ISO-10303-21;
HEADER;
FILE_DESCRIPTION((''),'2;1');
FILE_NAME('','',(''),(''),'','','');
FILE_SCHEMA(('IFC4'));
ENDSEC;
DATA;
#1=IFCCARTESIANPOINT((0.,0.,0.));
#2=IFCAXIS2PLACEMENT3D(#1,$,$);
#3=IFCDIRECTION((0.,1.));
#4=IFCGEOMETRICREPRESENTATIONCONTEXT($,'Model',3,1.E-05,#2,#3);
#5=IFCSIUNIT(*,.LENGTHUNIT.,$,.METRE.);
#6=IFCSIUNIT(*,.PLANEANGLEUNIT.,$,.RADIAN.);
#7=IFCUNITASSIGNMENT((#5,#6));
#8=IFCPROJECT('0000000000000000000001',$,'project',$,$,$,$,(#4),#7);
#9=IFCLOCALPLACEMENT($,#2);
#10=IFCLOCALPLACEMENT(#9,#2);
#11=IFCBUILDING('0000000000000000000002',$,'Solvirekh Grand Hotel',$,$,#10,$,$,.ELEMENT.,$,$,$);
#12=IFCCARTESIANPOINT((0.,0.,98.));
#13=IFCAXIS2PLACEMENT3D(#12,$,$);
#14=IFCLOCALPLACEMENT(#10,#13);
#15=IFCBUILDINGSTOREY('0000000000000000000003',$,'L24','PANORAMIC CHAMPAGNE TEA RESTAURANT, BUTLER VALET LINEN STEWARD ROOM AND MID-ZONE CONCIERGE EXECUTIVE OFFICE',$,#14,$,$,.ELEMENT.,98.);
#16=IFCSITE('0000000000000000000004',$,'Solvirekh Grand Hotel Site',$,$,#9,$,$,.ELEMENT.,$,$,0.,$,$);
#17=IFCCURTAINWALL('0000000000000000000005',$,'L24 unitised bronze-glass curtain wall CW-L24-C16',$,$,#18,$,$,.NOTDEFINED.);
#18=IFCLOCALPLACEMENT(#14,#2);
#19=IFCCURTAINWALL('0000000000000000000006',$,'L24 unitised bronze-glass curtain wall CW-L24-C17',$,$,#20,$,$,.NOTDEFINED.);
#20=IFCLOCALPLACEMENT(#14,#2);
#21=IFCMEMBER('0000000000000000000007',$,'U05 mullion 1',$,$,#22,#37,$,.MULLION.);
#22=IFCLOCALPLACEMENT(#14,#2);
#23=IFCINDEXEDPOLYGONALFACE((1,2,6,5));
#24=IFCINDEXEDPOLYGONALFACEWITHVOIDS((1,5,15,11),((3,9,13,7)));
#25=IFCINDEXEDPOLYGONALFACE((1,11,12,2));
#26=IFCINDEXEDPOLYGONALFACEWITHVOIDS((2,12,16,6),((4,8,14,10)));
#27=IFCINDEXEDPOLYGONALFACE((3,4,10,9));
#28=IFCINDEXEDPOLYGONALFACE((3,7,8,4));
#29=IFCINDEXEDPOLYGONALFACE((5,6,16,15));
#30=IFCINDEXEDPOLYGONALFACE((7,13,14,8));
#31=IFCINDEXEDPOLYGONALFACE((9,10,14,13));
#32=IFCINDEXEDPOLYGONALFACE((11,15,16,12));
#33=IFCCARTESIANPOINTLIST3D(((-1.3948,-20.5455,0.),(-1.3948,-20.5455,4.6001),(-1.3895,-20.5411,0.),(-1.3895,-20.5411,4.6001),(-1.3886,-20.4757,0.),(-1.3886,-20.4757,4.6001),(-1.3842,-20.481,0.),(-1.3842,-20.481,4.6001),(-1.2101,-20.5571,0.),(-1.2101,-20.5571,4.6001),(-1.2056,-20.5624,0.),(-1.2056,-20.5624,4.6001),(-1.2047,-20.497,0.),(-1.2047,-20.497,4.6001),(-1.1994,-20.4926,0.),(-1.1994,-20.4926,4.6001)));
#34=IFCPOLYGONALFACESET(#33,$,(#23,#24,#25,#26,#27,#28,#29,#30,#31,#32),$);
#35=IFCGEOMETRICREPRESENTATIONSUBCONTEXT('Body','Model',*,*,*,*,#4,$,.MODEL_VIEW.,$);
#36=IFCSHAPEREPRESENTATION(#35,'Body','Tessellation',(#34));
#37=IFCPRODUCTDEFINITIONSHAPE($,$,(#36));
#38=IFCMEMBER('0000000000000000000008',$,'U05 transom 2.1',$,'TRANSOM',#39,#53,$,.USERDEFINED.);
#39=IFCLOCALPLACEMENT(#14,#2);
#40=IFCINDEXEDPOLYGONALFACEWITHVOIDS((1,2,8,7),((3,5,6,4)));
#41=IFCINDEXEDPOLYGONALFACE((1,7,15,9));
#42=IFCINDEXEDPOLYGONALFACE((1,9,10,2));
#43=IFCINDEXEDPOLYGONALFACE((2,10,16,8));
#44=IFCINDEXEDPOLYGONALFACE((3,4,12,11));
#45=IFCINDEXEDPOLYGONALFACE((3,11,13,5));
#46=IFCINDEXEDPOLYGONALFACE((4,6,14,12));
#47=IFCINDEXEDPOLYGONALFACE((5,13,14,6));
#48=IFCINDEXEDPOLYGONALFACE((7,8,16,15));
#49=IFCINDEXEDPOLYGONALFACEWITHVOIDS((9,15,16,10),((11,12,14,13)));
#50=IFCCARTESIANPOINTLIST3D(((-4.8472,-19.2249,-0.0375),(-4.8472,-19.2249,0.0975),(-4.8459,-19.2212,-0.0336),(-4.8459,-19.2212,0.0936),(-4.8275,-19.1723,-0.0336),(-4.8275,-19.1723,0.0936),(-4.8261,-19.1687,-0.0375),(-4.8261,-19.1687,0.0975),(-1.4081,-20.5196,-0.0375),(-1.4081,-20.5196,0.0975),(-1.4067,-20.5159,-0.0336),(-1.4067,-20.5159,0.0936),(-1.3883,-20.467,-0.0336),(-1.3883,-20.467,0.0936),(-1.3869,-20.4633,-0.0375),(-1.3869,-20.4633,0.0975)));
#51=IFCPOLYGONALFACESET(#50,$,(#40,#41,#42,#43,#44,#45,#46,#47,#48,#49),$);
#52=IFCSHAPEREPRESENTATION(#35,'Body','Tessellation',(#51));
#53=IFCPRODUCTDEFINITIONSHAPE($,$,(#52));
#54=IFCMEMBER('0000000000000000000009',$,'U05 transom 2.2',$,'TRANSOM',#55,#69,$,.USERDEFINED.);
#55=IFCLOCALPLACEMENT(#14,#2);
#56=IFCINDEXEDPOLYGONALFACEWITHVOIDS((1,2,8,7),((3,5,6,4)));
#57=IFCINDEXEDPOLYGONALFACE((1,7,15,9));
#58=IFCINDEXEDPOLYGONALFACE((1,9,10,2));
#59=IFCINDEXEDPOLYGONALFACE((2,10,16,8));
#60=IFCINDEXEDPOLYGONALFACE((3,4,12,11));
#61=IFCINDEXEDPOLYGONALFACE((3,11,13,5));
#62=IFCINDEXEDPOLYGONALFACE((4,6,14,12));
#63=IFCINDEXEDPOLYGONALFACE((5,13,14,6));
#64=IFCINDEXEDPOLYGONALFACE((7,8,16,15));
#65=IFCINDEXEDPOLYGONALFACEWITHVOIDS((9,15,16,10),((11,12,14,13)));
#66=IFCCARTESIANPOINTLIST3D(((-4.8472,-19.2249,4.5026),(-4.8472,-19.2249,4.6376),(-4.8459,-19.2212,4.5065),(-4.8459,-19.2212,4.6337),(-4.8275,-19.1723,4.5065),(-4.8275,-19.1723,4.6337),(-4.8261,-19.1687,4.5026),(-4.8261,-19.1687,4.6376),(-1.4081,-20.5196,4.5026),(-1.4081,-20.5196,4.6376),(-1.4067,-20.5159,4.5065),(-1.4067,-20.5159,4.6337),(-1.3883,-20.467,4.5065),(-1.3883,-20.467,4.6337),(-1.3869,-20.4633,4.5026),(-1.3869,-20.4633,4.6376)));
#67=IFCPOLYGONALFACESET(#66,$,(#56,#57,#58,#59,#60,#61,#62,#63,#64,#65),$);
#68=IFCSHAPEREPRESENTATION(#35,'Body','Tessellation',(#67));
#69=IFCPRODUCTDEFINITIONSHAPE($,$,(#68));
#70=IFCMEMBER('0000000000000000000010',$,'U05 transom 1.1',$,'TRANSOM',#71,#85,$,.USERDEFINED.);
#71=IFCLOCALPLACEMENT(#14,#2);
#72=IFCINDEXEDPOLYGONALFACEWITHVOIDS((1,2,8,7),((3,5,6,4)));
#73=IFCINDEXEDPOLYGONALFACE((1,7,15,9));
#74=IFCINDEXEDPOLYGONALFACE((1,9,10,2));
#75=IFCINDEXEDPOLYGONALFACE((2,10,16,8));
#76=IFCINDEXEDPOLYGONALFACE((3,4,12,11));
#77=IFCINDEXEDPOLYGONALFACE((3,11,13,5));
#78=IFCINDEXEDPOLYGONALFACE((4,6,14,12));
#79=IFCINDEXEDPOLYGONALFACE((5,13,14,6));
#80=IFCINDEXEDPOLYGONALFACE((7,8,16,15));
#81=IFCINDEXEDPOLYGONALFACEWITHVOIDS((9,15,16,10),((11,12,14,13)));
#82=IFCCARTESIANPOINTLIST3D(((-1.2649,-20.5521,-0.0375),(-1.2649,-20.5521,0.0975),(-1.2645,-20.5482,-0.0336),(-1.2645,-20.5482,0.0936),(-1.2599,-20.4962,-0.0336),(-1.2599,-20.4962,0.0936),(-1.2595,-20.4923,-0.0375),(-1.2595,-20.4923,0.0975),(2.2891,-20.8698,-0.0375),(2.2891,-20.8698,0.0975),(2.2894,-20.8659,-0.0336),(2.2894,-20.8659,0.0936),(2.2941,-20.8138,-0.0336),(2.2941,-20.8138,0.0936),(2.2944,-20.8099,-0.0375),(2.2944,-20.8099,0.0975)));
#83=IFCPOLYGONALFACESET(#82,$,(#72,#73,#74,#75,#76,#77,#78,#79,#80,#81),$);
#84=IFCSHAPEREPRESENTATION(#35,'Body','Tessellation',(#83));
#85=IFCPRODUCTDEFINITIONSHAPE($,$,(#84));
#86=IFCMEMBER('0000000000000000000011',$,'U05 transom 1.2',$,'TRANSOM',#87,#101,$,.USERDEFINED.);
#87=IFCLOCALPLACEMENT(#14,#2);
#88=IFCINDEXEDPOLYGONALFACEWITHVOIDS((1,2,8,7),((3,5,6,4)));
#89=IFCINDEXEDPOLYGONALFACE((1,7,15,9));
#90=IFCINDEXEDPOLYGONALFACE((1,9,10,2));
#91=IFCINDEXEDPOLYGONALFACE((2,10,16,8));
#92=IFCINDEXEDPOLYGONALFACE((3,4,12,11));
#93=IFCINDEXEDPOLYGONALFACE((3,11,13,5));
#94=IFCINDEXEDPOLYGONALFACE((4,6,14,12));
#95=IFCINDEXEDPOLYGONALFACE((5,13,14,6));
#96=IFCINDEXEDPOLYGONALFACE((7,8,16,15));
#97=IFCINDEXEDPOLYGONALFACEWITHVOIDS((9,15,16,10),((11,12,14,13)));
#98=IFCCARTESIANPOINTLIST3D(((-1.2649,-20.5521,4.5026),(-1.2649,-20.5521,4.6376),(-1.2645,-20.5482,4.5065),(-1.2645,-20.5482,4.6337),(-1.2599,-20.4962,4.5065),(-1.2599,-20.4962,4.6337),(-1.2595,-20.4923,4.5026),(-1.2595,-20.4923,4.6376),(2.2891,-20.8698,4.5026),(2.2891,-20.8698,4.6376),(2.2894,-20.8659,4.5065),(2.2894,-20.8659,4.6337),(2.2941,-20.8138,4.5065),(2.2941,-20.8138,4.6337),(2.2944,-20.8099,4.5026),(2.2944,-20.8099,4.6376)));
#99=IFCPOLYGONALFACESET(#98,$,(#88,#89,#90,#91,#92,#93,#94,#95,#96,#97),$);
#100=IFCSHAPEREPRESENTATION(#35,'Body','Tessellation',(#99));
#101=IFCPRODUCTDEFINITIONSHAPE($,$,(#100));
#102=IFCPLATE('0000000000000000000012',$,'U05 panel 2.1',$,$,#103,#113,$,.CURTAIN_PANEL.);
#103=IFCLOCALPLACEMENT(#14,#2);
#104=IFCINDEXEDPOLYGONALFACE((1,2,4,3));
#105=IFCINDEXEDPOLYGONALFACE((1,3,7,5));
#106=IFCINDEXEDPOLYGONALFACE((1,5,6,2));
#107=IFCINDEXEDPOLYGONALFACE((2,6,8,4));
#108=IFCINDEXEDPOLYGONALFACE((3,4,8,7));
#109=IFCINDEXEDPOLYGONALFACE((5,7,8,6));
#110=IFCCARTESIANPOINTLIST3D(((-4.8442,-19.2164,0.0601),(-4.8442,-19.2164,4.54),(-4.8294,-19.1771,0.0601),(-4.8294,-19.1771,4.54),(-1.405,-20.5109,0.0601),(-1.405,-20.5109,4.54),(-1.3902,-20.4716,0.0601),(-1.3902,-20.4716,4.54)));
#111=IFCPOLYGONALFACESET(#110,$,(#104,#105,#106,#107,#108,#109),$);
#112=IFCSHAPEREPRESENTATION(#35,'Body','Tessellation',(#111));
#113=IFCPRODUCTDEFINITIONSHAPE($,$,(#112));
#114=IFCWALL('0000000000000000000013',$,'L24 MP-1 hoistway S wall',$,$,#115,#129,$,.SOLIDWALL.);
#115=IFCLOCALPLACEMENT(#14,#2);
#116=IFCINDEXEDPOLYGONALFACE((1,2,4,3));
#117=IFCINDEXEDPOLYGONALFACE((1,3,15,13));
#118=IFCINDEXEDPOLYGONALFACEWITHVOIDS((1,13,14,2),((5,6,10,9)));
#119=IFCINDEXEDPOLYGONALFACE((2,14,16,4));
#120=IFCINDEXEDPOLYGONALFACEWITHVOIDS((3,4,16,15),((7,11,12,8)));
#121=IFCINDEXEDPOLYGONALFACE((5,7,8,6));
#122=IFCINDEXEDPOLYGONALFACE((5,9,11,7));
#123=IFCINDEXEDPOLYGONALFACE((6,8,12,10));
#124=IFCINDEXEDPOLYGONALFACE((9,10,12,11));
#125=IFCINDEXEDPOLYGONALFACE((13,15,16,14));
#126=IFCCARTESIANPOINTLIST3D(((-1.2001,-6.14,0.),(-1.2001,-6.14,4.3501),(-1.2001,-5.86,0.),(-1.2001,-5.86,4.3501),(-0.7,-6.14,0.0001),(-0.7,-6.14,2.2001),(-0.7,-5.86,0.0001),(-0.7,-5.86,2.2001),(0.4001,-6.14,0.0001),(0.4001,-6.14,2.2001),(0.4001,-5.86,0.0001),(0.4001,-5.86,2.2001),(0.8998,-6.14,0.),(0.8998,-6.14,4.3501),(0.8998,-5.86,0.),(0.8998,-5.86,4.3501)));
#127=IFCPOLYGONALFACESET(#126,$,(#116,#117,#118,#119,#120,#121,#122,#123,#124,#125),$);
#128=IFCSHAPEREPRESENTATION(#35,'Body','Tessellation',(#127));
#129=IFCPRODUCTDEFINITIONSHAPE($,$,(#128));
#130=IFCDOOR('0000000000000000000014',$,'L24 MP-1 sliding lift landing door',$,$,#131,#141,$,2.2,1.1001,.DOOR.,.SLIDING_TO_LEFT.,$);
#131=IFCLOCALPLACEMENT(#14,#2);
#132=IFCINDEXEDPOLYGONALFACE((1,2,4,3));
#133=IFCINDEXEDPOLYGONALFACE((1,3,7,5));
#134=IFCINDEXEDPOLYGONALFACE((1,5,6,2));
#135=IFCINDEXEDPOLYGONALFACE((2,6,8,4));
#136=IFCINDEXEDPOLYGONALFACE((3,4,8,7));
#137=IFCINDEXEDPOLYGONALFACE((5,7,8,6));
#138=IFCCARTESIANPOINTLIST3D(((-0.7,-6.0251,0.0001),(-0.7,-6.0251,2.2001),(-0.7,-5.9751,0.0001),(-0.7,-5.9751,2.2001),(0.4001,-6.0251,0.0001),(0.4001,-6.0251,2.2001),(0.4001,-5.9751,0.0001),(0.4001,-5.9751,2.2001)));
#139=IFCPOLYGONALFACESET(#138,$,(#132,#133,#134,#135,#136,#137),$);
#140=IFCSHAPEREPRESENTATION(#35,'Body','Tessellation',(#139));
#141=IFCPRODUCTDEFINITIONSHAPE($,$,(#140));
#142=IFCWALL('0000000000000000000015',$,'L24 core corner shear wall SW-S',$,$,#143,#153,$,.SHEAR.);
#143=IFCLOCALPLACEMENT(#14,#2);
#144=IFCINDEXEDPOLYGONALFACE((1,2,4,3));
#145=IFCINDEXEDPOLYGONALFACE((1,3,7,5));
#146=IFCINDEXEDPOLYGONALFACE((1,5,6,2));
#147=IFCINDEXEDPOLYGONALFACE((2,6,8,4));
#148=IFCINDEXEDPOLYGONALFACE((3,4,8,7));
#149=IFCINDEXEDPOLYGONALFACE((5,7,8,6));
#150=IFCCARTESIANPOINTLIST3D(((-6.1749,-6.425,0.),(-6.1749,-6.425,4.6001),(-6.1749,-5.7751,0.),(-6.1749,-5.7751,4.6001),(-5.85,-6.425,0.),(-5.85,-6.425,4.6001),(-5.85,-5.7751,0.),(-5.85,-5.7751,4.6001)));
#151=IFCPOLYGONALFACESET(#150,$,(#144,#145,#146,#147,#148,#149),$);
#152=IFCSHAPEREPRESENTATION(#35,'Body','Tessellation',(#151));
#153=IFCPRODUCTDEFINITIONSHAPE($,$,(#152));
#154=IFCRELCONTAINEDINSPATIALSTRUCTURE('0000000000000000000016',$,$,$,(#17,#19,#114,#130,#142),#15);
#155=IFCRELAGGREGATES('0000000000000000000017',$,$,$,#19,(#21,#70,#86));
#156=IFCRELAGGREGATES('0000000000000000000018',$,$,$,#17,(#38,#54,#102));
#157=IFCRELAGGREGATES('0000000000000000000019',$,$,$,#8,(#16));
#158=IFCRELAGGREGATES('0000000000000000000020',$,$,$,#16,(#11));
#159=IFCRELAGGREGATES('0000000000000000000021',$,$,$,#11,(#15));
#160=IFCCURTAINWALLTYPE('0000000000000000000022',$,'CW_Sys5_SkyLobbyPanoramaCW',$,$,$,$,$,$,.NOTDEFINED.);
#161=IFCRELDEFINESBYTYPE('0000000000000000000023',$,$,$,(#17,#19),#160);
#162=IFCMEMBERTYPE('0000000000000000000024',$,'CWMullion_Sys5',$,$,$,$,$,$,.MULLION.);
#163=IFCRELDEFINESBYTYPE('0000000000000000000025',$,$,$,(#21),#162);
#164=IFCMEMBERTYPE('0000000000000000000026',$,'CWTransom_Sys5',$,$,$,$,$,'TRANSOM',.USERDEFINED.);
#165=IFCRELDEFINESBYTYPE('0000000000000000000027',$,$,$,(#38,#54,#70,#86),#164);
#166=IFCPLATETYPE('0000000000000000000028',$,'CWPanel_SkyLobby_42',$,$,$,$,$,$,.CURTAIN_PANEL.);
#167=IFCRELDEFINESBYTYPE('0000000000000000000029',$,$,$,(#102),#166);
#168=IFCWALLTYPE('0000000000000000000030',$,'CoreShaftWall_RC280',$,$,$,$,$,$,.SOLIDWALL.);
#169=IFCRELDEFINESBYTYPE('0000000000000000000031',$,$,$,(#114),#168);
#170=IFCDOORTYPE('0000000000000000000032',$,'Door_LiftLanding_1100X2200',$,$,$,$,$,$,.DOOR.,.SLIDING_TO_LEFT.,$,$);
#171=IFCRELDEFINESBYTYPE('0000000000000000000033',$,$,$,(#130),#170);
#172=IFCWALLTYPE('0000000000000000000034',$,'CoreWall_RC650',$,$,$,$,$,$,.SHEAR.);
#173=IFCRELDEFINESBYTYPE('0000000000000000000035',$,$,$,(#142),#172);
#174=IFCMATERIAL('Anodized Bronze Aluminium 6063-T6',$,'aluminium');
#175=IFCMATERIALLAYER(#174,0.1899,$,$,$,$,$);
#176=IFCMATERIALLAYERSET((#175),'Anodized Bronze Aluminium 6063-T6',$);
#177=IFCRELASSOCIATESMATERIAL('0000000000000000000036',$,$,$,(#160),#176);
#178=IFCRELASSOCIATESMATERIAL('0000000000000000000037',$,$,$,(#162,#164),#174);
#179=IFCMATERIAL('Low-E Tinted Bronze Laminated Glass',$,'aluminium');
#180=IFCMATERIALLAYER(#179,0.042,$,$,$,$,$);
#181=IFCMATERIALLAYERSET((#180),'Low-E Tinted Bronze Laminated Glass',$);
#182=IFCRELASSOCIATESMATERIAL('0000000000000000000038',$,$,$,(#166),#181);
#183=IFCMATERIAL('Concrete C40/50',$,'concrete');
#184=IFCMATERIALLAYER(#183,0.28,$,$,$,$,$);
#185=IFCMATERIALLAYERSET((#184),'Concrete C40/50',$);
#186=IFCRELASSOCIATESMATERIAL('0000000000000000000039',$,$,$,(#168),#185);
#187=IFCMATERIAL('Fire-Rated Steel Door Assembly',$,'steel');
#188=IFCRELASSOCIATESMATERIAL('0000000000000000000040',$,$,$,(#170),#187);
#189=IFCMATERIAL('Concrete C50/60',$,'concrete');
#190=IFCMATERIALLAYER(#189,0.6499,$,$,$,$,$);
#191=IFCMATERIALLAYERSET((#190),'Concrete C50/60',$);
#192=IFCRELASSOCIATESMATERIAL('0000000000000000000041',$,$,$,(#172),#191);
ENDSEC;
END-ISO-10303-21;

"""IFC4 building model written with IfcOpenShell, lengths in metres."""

from ifc_helpers import new_model, si_unit, direction, frame, frame_2d, origin, origin_2d, place, context, subcontext, project, spatial, rectangle, hollow_rectangle, extrude, source, transform, mapped, material, layer, layer_set, material_profile, profile_set, type_object, element, fill, aggregate, save


model = new_model("IFC4")

# Units and contexts
model_context = context("Model", 3, precision=1e-05, world=origin(), true_north=direction((0.0, 1.0)))
body_context = subcontext(model_context, "Body", "Model", "MODEL_VIEW")
ifc_project = project(units=[si_unit("LENGTHUNIT", "METRE"), si_unit("PLANEANGLEUNIT", "RADIAN")], contexts=[model_context])

# Site, building, storey
site_placement = place(None, origin())
site = spatial("IfcSite", under=ifc_project, at=site_placement, Name="Solvirekh Grand Hotel Site", CompositionType="ELEMENT", RefElevation=0.0)
building_placement = place(site_placement, origin())
building = spatial("IfcBuilding", under=site, at=building_placement, Name="Solvirekh Grand Hotel", CompositionType="ELEMENT")
storey_placement = place(building_placement, frame((0.0, 0.0, 98.0)))
storey = spatial("IfcBuildingStorey", under=building, at=storey_placement, Name="L24", Description="PANORAMIC CHAMPAGNE TEA RESTAURANT, BUTLER VALET LINEN STEWARD ROOM AND MID-ZONE CONCIERGE EXECUTIVE OFFICE", CompositionType="ELEMENT", Elevation=98.0)

# Shared definitions
ifc_material_1 = material(Name="Concrete C50/60", Category="concrete")

# Curtain wall
ifc_material_2 = material(Name="Anodized Bronze Aluminium 6063-T6", Category="aluminium")
ifc_layer_1 = layer(ifc_material_2, 0.1899)
ifc_layer_set_1 = layer_set([ifc_layer_1], Name="Anodized Bronze Aluminium 6063-T6")
curtain_wall_type = type_object("IfcCurtainWallType", Name="CW_Sys5_SkyLobbyPanoramaCW", PredefinedType="NOTDEFINED", material=ifc_layer_set_1)
curtain_wall_1_placement = place(storey_placement, origin())
curtain_wall_1 = element("IfcCurtainWall", 1, at=curtain_wall_1_placement, inside=storey, type_object=curtain_wall_type, Name="L24 unitised bronze-glass curtain wall CW-L24-C16", PredefinedType="NOTDEFINED")
ifc_material_profile_1 = material_profile(ifc_material_2, hollow_rectangle(XDim=0.0701, YDim=0.1899, WallThickness=0.0049, at=origin_2d()), Name="ALU RHS 190X70X5")
ifc_profile_set_1 = profile_set([ifc_material_profile_1], Name="Anodized Bronze Aluminium 6063-T6")
member_type_1 = type_object("IfcMemberType", Name="CWMullion_Sys5", PredefinedType="MULLION", material=ifc_profile_set_1)
shared_shape_1 = source(origin(), body_context, "Body", "SweptSolid", [
    extrude(hollow_rectangle(XDim=0.0701, YDim=0.1899, WallThickness=0.0049, at=origin_2d()), origin(), (0.0, 0.0, 1.0), 4.6001),
])

# Curtain wall, member
curtain_wall_2_placement = place(storey_placement, origin())
curtain_wall_2 = element("IfcCurtainWall", 2, at=curtain_wall_2_placement, inside=storey, type_object=curtain_wall_type, Name="L24 unitised bronze-glass curtain wall CW-L24-C17", PredefinedType="NOTDEFINED")
member_1_placement = place(storey_placement, frame((-1.2971, -20.519, 0.0), z_axis=(0.0, 0.0, 1.0), x_axis=(0.089026, 0.996029, 0.0)))
member_1 = element("IfcMember", 3, at=member_1_placement, type_object=member_type_1, Name="U05 mullion 1", PredefinedType="MULLION", context=body_context, shape_type="MappedRepresentation", body=[
    mapped(shared_shape_1, transform((0.0, 0.0, 0.0), x_axis=(1.0, 0.0, 0.0), y_axis=(0.0, 1.0, 0.0), z_axis=(0.0, 0.0, 1.0), scale=1.0)),
])

# Members
ifc_material_profile_2 = material_profile(ifc_material_2, hollow_rectangle(XDim=0.0601, YDim=0.135, WallThickness=0.0039, at=origin_2d()), Name="ALU RHS 135X60X4")
ifc_profile_set_2 = profile_set([ifc_material_profile_2], Name="Anodized Bronze Aluminium 6063-T6")
member_type_2 = type_object("IfcMemberType", Name="CWTransom_Sys5", ElementType="TRANSOM", PredefinedType="USERDEFINED", material=ifc_profile_set_2)
shared_shape_2 = source(origin(), body_context, "Body", "SweptSolid", [
    extrude(hollow_rectangle(XDim=0.0601, YDim=0.135, WallThickness=0.0039, at=origin_2d()), origin(), (0.0, 0.0, 1.0), 3.6748),
])
member_2_placement = place(storey_placement, frame((-4.8367, -19.1968, 0.03), z_axis=(0.935883, -0.35231, 0.0), x_axis=(0.35231, 0.935883, 0.0)))
member_2 = element("IfcMember", 4, at=member_2_placement, type_object=member_type_2, Name="U05 transom 2.1", ObjectType="TRANSOM", PredefinedType="USERDEFINED", context=body_context, shape_type="MappedRepresentation", body=[
    mapped(shared_shape_2, transform((0.0, 0.0, 0.0), x_axis=(1.0, 0.0, 0.0), y_axis=(0.0, 1.0, 0.0), z_axis=(0.0, 0.0, 1.0), scale=1.0)),
])
member_3_placement = place(storey_placement, frame((-4.8367, -19.1968, 4.5701), z_axis=(0.935883, -0.35231, 0.0), x_axis=(0.35231, 0.935883, 0.0)))
member_3 = element("IfcMember", 5, at=member_3_placement, type_object=member_type_2, Name="U05 transom 2.2", ObjectType="TRANSOM", PredefinedType="USERDEFINED", context=body_context, shape_type="MappedRepresentation", body=[
    mapped(shared_shape_2, transform((0.0, 0.0, 0.0), x_axis=(1.0, 0.0, 0.0), y_axis=(0.0, 1.0, 0.0), z_axis=(0.0, 0.0, 1.0), scale=1.0)),
])
shared_shape_3 = source(origin(), body_context, "Body", "SweptSolid", [
    extrude(hollow_rectangle(XDim=0.0601, YDim=0.135, WallThickness=0.0039, at=origin_2d()), origin(), (0.0, 0.0, 1.0), 3.5681),
])
member_4_placement = place(storey_placement, frame((-1.2622, -20.5222, 0.03), z_axis=(0.99603, -0.089018, 0.0), x_axis=(0.089018, 0.99603, 0.0)))
member_4 = element("IfcMember", 6, at=member_4_placement, type_object=member_type_2, Name="U05 transom 1.1", ObjectType="TRANSOM", PredefinedType="USERDEFINED", context=body_context, shape_type="MappedRepresentation", body=[
    mapped(shared_shape_3, transform((0.0, 0.0, 0.0), x_axis=(1.0, 0.0, 0.0), y_axis=(0.0, 1.0, 0.0), z_axis=(0.0, 0.0, 1.0), scale=1.0)),
])
member_5_placement = place(storey_placement, frame((-1.2622, -20.5222, 4.5701), z_axis=(0.99603, -0.089018, 0.0), x_axis=(0.089018, 0.99603, 0.0)))
member_5 = element("IfcMember", 7, at=member_5_placement, type_object=member_type_2, Name="U05 transom 1.2", ObjectType="TRANSOM", PredefinedType="USERDEFINED", context=body_context, shape_type="MappedRepresentation", body=[
    mapped(shared_shape_3, transform((0.0, 0.0, 0.0), x_axis=(1.0, 0.0, 0.0), y_axis=(0.0, 1.0, 0.0), z_axis=(0.0, 0.0, 1.0), scale=1.0)),
])
aggregate(curtain_wall_2, [member_1, member_4, member_5])

# Plate
ifc_material_3 = material(Name="Low-E Tinted Bronze Laminated Glass", Category="aluminium")
ifc_layer_2 = layer(ifc_material_3, 0.042)
ifc_layer_set_2 = layer_set([ifc_layer_2], Name="Low-E Tinted Bronze Laminated Glass")
plate_type = type_object("IfcPlateType", Name="CWPanel_SkyLobby_42", PredefinedType="CURTAIN_PANEL", material=ifc_layer_set_2)
shared_shape_4 = source(origin(), body_context, "Body", "SweptSolid", [
    extrude(rectangle(XDim=3.6748, YDim=0.042, at=origin_2d()), origin(), (0.0, 0.0, 1.0), 4.48),
])
plate_placement = place(storey_placement, frame((-3.1172, -19.844, 0.0601), z_axis=(0.0, 0.0, 1.0), x_axis=(0.935899, -0.352268, 0.0)))
plate = element("IfcPlate", 8, at=plate_placement, type_object=plate_type, Name="U05 panel 2.1", PredefinedType="CURTAIN_PANEL", context=body_context, shape_type="MappedRepresentation", body=[
    mapped(shared_shape_4, transform((0.0, 0.0, 0.0), x_axis=(1.0, 0.0, 0.0), y_axis=(0.0, 1.0, 0.0), z_axis=(0.0, 0.0, 1.0), scale=1.0)),
])
aggregate(curtain_wall_1, [member_2, member_3, plate])

# Wall, opening, door
ifc_material_4 = material(Name="Concrete C40/50", Category="concrete")
ifc_layer_3 = layer(ifc_material_4, 0.28)
ifc_layer_set_3 = layer_set([ifc_layer_3], Name="Concrete C40/50")
wall_type_1 = type_object("IfcWallType", Name="CoreShaftWall_RC280", PredefinedType="SOLIDWALL", material=ifc_layer_set_3)
wall_1_placement = place(storey_placement, frame((-1.2, -6.0, 0.0), z_axis=(0.0, 0.0, 1.0), x_axis=(1.0, 0.0, 0.0)))
wall_1 = element("IfcWall", 9, at=wall_1_placement, inside=storey, type_object=wall_type_1, Name="L24 MP-1 hoistway S wall", PredefinedType="SOLIDWALL", context=body_context, shape_type="SweptSolid", body=[
    extrude(rectangle(XDim=2.0999, YDim=0.28, at=frame_2d((1.0498, 0.0))), origin(), (0.0, 0.0, 1.0), 4.3501),
])
opening_1_placement = place(wall_1_placement, frame((0.5, 0.0, 0.0)))
opening_1 = element("IfcOpeningElement", 10, at=opening_1_placement, cuts=wall_1, PredefinedType="OPENING", context=body_context, shape_type="SweptSolid", body=[
    extrude(rectangle(XDim=1.1001, YDim=2.2, at=frame_2d((0.55, 1.1001))), frame((0.0, 0.1499, 0.0), z_axis=(0.0, -1.0, 0.0), x_axis=(1.0, 0.0, 0.0)), (0.0, 0.0, 1.0), 0.3),
])
ifc_material_5 = material(Name="Fire-Rated Steel Door Assembly", Category="steel")
door_type_1 = type_object("IfcDoorType", Name="Door_LiftLanding_1100X2200", OperationType="SLIDING_TO_LEFT", PredefinedType="DOOR", material=ifc_material_5)
door_1_placement = place(opening_1_placement, origin())
door_1 = element("IfcDoor", 11, at=door_1_placement, inside=storey, type_object=door_type_1, Name="L24 MP-1 sliding lift landing door", OperationType="SLIDING_TO_LEFT", OverallHeight=2.2, OverallWidth=1.1001, PredefinedType="DOOR", context=body_context, shape_type="SweptSolid", body=[
    extrude(rectangle(XDim=1.1001, YDim=2.2, at=frame_2d((0.55, 1.1001))), frame((0.0, 0.0249, 0.0), z_axis=(0.0, -1.0, 0.0), x_axis=(1.0, 0.0, 0.0)), (0.0, 0.0, 1.0), 0.05),
])
fill(opening_1, door_1)

# Wall
ifc_layer_4 = layer(ifc_material_1, 0.6499)
ifc_layer_set_4 = layer_set([ifc_layer_4], Name="Concrete C50/60")
wall_type_2 = type_object("IfcWallType", Name="CoreWall_RC650", PredefinedType="SHEAR", material=ifc_layer_set_4)
wall_2_placement = place(storey_placement, frame((-6.175, -6.1001, 0.0), z_axis=(0.0, 0.0, 1.0), x_axis=(1.0, 0.0, 0.0)))
element("IfcWall", 12, at=wall_2_placement, inside=storey, type_object=wall_type_2, Name="L24 core corner shear wall SW-S", PredefinedType="SHEAR", context=body_context, shape_type="SweptSolid", body=[
    extrude(rectangle(XDim=0.325, YDim=0.6499, at=frame_2d((0.1626, 0.0))), origin(), (0.0, 0.0, 1.0), 4.6001),
])

save(model, "model.ifc")
